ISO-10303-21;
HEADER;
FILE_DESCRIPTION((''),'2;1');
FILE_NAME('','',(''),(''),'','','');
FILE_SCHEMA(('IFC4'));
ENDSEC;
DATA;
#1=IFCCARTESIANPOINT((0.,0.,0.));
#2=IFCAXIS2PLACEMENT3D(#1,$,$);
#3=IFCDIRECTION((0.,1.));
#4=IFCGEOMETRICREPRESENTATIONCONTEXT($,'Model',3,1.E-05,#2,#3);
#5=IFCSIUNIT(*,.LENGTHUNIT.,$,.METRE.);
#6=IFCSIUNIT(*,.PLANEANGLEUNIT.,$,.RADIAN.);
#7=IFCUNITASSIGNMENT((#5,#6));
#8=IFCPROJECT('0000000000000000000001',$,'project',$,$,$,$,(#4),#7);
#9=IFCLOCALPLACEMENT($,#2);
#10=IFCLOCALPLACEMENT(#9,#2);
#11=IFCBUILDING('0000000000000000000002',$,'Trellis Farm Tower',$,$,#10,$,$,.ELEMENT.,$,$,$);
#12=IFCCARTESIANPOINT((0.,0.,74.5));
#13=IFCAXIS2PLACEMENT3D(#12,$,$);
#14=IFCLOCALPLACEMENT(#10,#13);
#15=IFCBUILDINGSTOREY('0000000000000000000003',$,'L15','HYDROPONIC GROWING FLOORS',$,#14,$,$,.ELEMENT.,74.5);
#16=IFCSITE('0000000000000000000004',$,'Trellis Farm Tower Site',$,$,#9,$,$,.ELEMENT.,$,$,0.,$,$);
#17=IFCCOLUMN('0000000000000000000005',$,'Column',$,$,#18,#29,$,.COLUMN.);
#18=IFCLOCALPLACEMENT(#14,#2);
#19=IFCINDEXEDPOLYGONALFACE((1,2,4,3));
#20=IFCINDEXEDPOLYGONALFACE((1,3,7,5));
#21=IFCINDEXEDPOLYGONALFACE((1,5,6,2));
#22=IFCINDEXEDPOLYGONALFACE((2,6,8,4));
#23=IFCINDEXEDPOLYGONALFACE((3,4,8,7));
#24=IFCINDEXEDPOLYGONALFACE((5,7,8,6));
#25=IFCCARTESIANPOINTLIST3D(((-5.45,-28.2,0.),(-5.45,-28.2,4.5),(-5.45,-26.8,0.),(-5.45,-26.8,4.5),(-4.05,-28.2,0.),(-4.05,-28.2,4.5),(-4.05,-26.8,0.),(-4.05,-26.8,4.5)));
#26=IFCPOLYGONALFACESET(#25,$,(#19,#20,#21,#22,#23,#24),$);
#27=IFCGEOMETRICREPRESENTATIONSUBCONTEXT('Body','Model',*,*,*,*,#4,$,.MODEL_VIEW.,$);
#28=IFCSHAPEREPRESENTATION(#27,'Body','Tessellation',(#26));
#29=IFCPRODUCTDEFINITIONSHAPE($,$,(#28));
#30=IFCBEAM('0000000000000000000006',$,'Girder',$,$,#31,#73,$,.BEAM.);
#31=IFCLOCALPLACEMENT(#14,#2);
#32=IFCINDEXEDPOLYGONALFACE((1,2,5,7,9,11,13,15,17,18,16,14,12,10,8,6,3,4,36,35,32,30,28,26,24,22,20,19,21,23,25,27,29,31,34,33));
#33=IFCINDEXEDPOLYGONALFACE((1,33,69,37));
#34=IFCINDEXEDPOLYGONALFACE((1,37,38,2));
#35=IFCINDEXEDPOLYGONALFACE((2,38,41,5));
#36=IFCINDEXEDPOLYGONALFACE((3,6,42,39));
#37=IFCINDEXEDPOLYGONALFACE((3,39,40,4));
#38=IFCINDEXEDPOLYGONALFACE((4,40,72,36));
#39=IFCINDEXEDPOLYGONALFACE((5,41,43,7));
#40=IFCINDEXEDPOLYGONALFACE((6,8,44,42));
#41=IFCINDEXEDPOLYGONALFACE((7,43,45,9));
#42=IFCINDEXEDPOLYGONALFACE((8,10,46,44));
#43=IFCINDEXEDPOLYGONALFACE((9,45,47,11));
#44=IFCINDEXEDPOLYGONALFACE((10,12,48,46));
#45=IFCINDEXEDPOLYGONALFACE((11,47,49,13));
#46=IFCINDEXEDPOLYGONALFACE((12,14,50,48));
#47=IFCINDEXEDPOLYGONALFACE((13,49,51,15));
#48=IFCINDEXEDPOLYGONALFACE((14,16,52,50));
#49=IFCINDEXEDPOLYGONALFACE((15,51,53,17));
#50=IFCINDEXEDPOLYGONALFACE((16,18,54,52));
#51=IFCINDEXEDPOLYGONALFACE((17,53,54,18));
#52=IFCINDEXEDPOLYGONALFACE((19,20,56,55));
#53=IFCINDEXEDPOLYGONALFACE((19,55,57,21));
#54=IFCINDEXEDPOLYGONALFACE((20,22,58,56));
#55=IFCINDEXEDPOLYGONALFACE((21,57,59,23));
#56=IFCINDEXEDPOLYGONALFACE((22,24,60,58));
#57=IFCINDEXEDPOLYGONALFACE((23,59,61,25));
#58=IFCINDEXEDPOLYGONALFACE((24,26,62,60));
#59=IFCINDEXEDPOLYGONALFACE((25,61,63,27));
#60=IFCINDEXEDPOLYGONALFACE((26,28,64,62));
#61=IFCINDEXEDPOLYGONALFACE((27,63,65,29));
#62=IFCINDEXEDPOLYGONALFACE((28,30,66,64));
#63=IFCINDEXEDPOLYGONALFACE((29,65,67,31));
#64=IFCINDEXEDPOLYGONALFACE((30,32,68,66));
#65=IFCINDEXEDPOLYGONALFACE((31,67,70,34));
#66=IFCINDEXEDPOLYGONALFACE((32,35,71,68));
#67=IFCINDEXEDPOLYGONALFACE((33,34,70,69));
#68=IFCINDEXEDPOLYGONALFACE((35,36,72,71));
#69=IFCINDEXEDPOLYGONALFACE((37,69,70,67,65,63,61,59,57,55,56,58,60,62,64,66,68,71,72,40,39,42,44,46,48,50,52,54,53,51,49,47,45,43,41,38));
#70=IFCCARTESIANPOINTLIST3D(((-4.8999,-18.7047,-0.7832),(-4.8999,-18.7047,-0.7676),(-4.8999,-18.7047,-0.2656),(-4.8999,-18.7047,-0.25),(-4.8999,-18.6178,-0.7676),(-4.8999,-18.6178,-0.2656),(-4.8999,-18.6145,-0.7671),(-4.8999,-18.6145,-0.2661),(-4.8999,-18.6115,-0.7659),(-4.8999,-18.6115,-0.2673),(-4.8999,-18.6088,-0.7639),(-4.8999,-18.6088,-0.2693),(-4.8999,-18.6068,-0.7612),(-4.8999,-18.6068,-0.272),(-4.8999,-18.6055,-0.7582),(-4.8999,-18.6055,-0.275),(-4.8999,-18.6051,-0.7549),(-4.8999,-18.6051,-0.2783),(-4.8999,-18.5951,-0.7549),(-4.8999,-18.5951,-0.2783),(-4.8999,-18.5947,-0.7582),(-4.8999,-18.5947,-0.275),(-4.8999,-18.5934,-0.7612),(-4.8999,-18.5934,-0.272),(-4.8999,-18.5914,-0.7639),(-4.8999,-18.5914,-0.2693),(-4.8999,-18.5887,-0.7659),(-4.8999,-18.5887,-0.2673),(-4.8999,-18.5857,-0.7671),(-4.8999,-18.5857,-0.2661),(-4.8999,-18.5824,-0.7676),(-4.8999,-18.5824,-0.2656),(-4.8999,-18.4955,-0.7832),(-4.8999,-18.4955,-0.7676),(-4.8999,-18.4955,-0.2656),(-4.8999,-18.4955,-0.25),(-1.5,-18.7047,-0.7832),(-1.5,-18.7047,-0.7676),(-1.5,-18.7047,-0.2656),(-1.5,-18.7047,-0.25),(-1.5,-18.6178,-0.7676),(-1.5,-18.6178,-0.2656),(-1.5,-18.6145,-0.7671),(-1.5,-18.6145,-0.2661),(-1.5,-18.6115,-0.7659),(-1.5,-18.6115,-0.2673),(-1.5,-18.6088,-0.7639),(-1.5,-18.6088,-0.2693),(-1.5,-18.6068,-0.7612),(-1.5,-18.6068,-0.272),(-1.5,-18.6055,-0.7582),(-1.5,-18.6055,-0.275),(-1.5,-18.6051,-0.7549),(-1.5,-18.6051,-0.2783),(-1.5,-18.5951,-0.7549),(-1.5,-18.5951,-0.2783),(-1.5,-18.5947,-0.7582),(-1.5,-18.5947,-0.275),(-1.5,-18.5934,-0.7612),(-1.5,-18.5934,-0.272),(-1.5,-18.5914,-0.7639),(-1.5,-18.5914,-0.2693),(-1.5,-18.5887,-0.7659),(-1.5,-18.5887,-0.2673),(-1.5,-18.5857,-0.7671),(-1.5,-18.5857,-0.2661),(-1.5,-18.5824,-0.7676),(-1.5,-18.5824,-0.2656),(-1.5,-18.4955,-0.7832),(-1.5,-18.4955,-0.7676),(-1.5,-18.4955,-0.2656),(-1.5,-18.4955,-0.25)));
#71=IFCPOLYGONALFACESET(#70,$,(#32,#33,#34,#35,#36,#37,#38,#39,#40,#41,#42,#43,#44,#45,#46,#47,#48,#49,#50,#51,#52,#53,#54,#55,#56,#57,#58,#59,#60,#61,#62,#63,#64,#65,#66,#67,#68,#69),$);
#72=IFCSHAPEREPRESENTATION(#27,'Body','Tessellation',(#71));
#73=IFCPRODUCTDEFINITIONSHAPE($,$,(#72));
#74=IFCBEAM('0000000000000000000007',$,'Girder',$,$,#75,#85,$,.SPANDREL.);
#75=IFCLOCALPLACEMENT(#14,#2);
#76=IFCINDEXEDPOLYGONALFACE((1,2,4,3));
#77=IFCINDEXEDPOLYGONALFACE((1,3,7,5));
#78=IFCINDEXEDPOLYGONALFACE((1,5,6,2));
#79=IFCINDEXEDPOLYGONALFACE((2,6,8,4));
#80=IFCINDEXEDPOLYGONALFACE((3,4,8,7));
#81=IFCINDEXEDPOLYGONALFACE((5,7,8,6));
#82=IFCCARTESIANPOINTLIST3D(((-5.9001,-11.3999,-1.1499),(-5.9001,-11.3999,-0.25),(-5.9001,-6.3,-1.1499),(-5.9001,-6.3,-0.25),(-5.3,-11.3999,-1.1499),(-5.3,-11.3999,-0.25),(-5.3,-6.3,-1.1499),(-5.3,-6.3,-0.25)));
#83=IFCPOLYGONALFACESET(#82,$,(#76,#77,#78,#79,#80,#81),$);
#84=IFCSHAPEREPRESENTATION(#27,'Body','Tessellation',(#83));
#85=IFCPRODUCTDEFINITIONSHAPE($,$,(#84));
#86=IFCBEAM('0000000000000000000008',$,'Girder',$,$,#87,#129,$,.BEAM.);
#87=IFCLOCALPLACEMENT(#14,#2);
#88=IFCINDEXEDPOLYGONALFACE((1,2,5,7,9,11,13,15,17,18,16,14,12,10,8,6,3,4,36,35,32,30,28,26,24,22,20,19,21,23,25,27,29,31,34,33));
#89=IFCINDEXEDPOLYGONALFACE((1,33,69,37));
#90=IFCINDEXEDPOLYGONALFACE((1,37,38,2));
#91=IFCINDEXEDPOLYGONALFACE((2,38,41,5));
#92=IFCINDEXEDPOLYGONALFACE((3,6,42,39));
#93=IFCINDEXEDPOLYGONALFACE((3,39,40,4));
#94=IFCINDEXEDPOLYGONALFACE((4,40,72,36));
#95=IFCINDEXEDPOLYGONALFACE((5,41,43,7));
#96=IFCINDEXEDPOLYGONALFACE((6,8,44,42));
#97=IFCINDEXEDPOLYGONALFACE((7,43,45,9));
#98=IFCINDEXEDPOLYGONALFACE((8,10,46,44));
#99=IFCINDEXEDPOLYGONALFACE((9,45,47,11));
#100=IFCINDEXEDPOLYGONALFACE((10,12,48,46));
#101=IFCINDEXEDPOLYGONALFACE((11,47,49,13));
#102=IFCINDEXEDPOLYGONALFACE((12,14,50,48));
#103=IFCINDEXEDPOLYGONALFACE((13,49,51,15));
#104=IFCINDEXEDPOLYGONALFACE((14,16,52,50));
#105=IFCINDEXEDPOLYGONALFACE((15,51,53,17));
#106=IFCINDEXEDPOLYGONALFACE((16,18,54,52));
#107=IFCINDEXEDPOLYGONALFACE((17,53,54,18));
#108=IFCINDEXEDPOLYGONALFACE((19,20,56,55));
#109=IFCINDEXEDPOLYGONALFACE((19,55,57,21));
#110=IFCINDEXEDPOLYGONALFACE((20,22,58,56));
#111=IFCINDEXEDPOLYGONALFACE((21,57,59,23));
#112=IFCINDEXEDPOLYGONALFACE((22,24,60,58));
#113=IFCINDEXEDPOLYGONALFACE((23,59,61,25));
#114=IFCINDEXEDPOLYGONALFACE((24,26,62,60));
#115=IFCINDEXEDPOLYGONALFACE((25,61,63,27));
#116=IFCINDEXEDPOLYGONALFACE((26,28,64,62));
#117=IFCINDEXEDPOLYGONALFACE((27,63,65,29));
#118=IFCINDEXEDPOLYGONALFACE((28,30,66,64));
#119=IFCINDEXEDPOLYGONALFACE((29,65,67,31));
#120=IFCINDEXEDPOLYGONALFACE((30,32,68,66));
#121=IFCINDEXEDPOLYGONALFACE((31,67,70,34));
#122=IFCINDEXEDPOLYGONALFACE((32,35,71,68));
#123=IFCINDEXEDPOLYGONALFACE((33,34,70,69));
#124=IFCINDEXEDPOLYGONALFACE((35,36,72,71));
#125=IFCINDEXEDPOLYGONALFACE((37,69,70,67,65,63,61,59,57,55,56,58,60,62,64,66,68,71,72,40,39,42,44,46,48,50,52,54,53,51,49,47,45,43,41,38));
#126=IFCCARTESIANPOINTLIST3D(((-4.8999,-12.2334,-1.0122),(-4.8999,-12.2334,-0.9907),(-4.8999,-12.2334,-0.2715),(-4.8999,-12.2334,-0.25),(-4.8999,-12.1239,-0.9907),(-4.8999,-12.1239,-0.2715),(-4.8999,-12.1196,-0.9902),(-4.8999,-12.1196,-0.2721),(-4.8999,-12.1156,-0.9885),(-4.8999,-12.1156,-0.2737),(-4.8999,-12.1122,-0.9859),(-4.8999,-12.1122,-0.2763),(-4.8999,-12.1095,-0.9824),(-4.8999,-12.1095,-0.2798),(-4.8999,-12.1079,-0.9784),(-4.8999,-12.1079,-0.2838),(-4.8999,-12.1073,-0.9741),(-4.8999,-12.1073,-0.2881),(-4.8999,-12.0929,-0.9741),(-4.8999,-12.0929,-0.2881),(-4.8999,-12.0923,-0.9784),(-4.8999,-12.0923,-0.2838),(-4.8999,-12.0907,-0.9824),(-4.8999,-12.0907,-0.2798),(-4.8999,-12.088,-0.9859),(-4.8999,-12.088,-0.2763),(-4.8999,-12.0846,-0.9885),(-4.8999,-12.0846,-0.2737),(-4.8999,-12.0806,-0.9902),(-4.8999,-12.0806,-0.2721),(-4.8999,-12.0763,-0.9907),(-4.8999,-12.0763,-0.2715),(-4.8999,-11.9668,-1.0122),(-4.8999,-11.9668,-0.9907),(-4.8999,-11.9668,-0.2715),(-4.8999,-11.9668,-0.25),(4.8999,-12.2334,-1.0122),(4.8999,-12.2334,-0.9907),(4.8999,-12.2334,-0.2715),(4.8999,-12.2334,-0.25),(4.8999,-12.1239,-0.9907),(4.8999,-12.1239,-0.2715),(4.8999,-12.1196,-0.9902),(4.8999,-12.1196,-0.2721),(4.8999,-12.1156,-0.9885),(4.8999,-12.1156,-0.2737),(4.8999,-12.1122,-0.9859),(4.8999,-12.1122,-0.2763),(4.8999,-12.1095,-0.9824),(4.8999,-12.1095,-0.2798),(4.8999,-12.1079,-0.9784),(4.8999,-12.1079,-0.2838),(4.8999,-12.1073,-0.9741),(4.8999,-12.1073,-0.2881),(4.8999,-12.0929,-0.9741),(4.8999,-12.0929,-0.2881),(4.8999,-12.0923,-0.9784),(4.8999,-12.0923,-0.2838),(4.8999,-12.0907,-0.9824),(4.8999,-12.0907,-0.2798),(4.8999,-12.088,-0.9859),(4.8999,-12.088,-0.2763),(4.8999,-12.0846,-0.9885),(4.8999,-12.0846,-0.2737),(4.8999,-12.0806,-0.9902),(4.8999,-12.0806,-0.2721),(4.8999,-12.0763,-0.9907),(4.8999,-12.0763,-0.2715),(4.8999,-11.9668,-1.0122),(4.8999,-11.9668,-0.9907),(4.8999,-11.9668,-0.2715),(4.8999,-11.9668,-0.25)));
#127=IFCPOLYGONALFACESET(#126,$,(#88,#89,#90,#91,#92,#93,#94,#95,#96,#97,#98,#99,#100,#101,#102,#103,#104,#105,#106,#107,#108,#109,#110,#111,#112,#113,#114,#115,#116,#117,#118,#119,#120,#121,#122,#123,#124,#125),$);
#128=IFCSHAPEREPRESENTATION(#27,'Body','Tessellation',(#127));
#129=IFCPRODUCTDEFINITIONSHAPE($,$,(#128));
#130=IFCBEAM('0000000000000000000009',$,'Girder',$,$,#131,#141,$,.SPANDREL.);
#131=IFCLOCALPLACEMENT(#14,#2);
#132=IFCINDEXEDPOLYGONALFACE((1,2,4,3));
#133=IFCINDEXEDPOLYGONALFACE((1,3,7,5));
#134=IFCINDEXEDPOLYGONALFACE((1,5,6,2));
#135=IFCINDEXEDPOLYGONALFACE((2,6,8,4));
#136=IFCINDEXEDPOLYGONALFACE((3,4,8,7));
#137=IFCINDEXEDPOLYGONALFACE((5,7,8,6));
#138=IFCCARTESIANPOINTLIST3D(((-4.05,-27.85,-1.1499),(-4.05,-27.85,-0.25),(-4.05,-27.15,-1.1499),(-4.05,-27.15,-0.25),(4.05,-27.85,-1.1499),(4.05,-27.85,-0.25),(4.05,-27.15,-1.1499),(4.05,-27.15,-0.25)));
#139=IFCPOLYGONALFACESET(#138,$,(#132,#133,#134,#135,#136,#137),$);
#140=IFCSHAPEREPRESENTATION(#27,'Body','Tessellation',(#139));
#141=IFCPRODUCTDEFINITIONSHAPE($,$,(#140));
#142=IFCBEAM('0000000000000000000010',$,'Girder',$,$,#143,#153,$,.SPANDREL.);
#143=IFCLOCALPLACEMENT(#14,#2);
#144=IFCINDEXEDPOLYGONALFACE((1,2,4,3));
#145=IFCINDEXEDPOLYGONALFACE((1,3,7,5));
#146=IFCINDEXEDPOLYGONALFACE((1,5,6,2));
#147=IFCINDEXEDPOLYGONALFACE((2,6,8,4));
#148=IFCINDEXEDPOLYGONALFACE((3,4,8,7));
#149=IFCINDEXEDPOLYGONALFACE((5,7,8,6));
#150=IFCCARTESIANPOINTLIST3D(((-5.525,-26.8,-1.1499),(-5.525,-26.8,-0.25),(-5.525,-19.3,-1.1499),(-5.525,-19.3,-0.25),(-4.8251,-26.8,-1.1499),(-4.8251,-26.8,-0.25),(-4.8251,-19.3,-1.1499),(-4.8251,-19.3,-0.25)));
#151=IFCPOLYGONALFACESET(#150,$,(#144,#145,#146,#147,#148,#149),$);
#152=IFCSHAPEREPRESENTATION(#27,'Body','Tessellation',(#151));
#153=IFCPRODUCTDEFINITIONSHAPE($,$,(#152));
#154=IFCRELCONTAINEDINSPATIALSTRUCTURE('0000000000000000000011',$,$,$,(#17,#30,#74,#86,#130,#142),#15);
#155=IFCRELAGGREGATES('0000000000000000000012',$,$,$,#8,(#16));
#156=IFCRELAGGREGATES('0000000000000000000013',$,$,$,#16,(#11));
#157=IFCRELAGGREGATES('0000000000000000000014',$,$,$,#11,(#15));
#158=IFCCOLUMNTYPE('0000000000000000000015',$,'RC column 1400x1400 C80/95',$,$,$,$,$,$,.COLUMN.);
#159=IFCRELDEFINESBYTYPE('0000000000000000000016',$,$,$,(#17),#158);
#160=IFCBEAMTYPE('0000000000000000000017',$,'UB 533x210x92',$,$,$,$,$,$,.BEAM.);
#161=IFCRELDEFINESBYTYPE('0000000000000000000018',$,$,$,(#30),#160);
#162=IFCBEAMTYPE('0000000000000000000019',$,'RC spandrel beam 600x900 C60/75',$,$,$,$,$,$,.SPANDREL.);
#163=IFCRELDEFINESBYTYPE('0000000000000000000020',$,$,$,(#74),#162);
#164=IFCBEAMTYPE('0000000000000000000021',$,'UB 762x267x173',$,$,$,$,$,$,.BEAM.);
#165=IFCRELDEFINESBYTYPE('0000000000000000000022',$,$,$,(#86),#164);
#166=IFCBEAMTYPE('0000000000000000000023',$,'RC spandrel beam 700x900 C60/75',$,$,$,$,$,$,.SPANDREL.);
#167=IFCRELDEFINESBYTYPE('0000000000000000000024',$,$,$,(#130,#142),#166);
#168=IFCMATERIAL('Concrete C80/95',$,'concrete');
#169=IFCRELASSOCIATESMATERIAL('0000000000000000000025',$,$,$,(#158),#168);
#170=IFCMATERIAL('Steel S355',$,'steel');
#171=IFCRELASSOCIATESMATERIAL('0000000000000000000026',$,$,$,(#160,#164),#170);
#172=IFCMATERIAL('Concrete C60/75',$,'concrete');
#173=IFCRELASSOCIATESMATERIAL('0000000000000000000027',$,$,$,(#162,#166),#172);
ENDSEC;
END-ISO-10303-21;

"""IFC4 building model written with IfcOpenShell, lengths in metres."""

from ifc_helpers import new_model, si_unit, direction, frame, origin, origin_2d, place, context, subcontext, project, spatial, rectangle, i_section, extrude, source, transform, mapped, material, material_profile, profile_set, type_object, element, save


model = new_model("IFC4")

# Units and contexts
model_context = context("Model", 3, precision=1e-05, world=origin(), true_north=direction((0.0, 1.0)))
body_context = subcontext(model_context, "Body", "Model", "MODEL_VIEW")
ifc_project = project(units=[si_unit("LENGTHUNIT", "METRE"), si_unit("PLANEANGLEUNIT", "RADIAN")], contexts=[model_context])

# Site, building, storey
site_placement = place(None, origin())
site = spatial("IfcSite", under=ifc_project, at=site_placement, Name="Trellis Farm Tower Site", CompositionType="ELEMENT", RefElevation=0.0)
building_placement = place(site_placement, origin())
building = spatial("IfcBuilding", under=site, at=building_placement, Name="Trellis Farm Tower", CompositionType="ELEMENT")
storey_placement = place(building_placement, frame((0.0, 0.0, 74.5)))
storey = spatial("IfcBuildingStorey", under=building, at=storey_placement, Name="L15", Description="HYDROPONIC GROWING FLOORS", CompositionType="ELEMENT", Elevation=74.5)

# Column
ifc_material_1 = material(Name="Concrete C80/95", Category="concrete")
ifc_material_profile_1 = material_profile(ifc_material_1, rectangle(XDim=1.3999, YDim=1.3999, at=origin_2d()), Name="RC column 1400x1400 C80/95")
ifc_profile_set_1 = profile_set([ifc_material_profile_1], Name="Concrete C80/95")
column_type = type_object("IfcColumnType", Name="RC column 1400x1400 C80/95", PredefinedType="COLUMN", material=ifc_profile_set_1)
shared_shape_1 = source(origin(), body_context, "Body", "SweptSolid", [
    extrude(rectangle(XDim=1.3999, YDim=1.3999, at=origin_2d()), origin(), (0.0, 0.0, 1.0), 4.5),
])
column_placement = place(storey_placement, frame((-4.75, -27.5, 0.0), z_axis=(0.0, 0.0, 1.0), x_axis=(1.0, 0.0, 0.0)))
element("IfcColumn", 1, at=column_placement, inside=storey, type_object=column_type, Name="Column", PredefinedType="COLUMN", context=body_context, shape_type="MappedRepresentation", body=[
    mapped(shared_shape_1, transform((0.0, 0.0, 0.0))),
])

# Beams
ifc_material_2 = material(Name="Steel S355", Category="steel")
ifc_material_profile_2 = material_profile(ifc_material_2, i_section(OverallWidth=0.2092, OverallDepth=0.5332, WebThickness=0.01, FlangeThickness=0.0156, FilletRadius=0.0127, at=origin_2d()), Name="UB 533x210x92")
ifc_profile_set_2 = profile_set([ifc_material_profile_2], Name="Steel S355")
beam_type_1 = type_object("IfcBeamType", Name="UB 533x210x92", PredefinedType="BEAM", material=ifc_profile_set_2)
shared_shape_2 = source(origin(), body_context, "Body", "SweptSolid", [
    extrude(i_section(OverallWidth=0.2092, OverallDepth=0.5332, WebThickness=0.01, FlangeThickness=0.0156, FilletRadius=0.0127, at=origin_2d()), origin(), (0.0, 0.0, 1.0), 3.3999),
])
beam_1_placement = place(storey_placement, frame((-4.8999, -18.6001, -0.5166), z_axis=(1.0, 0.0, 0.0), x_axis=(0.0, 1.0, 0.0)))
element("IfcBeam", 2, at=beam_1_placement, inside=storey, type_object=beam_type_1, Name="Girder", PredefinedType="BEAM", context=body_context, shape_type="MappedRepresentation", body=[
    mapped(shared_shape_2, transform((0.0, 0.0, 0.0))),
])
ifc_material_3 = material(Name="Concrete C60/75", Category="concrete")
ifc_material_profile_3 = material_profile(ifc_material_3, rectangle(XDim=0.6001, YDim=0.8999, at=origin_2d()), Name="RC spandrel beam 600x900 C60/75")
ifc_profile_set_3 = profile_set([ifc_material_profile_3], Name="Concrete C60/75")
beam_type_2 = type_object("IfcBeamType", Name="RC spandrel beam 600x900 C60/75", PredefinedType="SPANDREL", material=ifc_profile_set_3)
shared_shape_3 = source(origin(), body_context, "Body", "SweptSolid", [
    extrude(rectangle(XDim=0.6001, YDim=0.8999, at=origin_2d()), origin(), (0.0, 0.0, 1.0), 5.0999),
])
beam_2_placement = place(storey_placement, frame((-5.6001, -11.3999, -0.7), z_axis=(0.0, 1.0, 0.0), x_axis=(-1.0, 0.0, 0.0)))
element("IfcBeam", 3, at=beam_2_placement, inside=storey, type_object=beam_type_2, Name="Girder", PredefinedType="SPANDREL", context=body_context, shape_type="MappedRepresentation", body=[
    mapped(shared_shape_3, transform((0.0, 0.0, 0.0))),
])
ifc_material_profile_4 = material_profile(ifc_material_2, i_section(OverallWidth=0.2666, OverallDepth=0.7622, WebThickness=0.0144, FlangeThickness=0.0215, FilletRadius=0.0166, at=origin_2d()), Name="UB 762x267x173")
ifc_profile_set_4 = profile_set([ifc_material_profile_4], Name="Steel S355")
beam_type_3 = type_object("IfcBeamType", Name="UB 762x267x173", PredefinedType="BEAM", material=ifc_profile_set_4)
shared_shape_4 = source(origin(), body_context, "Body", "SweptSolid", [
    extrude(i_section(OverallWidth=0.2666, OverallDepth=0.7622, WebThickness=0.0144, FlangeThickness=0.0215, FilletRadius=0.0166, at=origin_2d()), origin(), (0.0, 0.0, 1.0), 9.7998),
])
beam_3_placement = place(storey_placement, frame((-4.8999, -12.1001, -0.6311), z_axis=(1.0, 0.0, 0.0), x_axis=(0.0, 1.0, 0.0)))
element("IfcBeam", 4, at=beam_3_placement, inside=storey, type_object=beam_type_3, Name="Girder", PredefinedType="BEAM", context=body_context, shape_type="MappedRepresentation", body=[
    mapped(shared_shape_4, transform((0.0, 0.0, 0.0))),
])
ifc_material_profile_5 = material_profile(ifc_material_3, rectangle(XDim=0.7, YDim=0.8999, at=origin_2d()), Name="RC spandrel beam 700x900 C60/75")
ifc_profile_set_5 = profile_set([ifc_material_profile_5], Name="Concrete C60/75")
beam_type_4 = type_object("IfcBeamType", Name="RC spandrel beam 700x900 C60/75", PredefinedType="SPANDREL", material=ifc_profile_set_5)
shared_shape_5 = source(origin(), body_context, "Body", "SweptSolid", [
    extrude(rectangle(XDim=0.7, YDim=0.8999, at=origin_2d()), origin(), (0.0, 0.0, 1.0), 8.1001),
])
beam_4_placement = place(storey_placement, frame((-4.05, -27.5, -0.7), z_axis=(1.0, 0.0, 0.0), x_axis=(0.0, 1.0, 0.0)))
element("IfcBeam", 5, at=beam_4_placement, inside=storey, type_object=beam_type_4, Name="Girder", PredefinedType="SPANDREL", context=body_context, shape_type="MappedRepresentation", body=[
    mapped(shared_shape_5, transform((0.0, 0.0, 0.0))),
])
shared_shape_6 = source(origin(), body_context, "Body", "SweptSolid", [
    extrude(rectangle(XDim=0.7, YDim=0.8999, at=origin_2d()), origin(), (0.0, 0.0, 1.0), 7.5),
])
beam_5_placement = place(storey_placement, frame((-5.175, -26.8, -0.7), z_axis=(0.0, 1.0, 0.0), x_axis=(-1.0, 0.0, 0.0)))
element("IfcBeam", 6, at=beam_5_placement, inside=storey, type_object=beam_type_4, Name="Girder", PredefinedType="SPANDREL", context=body_context, shape_type="MappedRepresentation", body=[
    mapped(shared_shape_6, transform((0.0, 0.0, 0.0))),
])

save(model, "model.ifc")
